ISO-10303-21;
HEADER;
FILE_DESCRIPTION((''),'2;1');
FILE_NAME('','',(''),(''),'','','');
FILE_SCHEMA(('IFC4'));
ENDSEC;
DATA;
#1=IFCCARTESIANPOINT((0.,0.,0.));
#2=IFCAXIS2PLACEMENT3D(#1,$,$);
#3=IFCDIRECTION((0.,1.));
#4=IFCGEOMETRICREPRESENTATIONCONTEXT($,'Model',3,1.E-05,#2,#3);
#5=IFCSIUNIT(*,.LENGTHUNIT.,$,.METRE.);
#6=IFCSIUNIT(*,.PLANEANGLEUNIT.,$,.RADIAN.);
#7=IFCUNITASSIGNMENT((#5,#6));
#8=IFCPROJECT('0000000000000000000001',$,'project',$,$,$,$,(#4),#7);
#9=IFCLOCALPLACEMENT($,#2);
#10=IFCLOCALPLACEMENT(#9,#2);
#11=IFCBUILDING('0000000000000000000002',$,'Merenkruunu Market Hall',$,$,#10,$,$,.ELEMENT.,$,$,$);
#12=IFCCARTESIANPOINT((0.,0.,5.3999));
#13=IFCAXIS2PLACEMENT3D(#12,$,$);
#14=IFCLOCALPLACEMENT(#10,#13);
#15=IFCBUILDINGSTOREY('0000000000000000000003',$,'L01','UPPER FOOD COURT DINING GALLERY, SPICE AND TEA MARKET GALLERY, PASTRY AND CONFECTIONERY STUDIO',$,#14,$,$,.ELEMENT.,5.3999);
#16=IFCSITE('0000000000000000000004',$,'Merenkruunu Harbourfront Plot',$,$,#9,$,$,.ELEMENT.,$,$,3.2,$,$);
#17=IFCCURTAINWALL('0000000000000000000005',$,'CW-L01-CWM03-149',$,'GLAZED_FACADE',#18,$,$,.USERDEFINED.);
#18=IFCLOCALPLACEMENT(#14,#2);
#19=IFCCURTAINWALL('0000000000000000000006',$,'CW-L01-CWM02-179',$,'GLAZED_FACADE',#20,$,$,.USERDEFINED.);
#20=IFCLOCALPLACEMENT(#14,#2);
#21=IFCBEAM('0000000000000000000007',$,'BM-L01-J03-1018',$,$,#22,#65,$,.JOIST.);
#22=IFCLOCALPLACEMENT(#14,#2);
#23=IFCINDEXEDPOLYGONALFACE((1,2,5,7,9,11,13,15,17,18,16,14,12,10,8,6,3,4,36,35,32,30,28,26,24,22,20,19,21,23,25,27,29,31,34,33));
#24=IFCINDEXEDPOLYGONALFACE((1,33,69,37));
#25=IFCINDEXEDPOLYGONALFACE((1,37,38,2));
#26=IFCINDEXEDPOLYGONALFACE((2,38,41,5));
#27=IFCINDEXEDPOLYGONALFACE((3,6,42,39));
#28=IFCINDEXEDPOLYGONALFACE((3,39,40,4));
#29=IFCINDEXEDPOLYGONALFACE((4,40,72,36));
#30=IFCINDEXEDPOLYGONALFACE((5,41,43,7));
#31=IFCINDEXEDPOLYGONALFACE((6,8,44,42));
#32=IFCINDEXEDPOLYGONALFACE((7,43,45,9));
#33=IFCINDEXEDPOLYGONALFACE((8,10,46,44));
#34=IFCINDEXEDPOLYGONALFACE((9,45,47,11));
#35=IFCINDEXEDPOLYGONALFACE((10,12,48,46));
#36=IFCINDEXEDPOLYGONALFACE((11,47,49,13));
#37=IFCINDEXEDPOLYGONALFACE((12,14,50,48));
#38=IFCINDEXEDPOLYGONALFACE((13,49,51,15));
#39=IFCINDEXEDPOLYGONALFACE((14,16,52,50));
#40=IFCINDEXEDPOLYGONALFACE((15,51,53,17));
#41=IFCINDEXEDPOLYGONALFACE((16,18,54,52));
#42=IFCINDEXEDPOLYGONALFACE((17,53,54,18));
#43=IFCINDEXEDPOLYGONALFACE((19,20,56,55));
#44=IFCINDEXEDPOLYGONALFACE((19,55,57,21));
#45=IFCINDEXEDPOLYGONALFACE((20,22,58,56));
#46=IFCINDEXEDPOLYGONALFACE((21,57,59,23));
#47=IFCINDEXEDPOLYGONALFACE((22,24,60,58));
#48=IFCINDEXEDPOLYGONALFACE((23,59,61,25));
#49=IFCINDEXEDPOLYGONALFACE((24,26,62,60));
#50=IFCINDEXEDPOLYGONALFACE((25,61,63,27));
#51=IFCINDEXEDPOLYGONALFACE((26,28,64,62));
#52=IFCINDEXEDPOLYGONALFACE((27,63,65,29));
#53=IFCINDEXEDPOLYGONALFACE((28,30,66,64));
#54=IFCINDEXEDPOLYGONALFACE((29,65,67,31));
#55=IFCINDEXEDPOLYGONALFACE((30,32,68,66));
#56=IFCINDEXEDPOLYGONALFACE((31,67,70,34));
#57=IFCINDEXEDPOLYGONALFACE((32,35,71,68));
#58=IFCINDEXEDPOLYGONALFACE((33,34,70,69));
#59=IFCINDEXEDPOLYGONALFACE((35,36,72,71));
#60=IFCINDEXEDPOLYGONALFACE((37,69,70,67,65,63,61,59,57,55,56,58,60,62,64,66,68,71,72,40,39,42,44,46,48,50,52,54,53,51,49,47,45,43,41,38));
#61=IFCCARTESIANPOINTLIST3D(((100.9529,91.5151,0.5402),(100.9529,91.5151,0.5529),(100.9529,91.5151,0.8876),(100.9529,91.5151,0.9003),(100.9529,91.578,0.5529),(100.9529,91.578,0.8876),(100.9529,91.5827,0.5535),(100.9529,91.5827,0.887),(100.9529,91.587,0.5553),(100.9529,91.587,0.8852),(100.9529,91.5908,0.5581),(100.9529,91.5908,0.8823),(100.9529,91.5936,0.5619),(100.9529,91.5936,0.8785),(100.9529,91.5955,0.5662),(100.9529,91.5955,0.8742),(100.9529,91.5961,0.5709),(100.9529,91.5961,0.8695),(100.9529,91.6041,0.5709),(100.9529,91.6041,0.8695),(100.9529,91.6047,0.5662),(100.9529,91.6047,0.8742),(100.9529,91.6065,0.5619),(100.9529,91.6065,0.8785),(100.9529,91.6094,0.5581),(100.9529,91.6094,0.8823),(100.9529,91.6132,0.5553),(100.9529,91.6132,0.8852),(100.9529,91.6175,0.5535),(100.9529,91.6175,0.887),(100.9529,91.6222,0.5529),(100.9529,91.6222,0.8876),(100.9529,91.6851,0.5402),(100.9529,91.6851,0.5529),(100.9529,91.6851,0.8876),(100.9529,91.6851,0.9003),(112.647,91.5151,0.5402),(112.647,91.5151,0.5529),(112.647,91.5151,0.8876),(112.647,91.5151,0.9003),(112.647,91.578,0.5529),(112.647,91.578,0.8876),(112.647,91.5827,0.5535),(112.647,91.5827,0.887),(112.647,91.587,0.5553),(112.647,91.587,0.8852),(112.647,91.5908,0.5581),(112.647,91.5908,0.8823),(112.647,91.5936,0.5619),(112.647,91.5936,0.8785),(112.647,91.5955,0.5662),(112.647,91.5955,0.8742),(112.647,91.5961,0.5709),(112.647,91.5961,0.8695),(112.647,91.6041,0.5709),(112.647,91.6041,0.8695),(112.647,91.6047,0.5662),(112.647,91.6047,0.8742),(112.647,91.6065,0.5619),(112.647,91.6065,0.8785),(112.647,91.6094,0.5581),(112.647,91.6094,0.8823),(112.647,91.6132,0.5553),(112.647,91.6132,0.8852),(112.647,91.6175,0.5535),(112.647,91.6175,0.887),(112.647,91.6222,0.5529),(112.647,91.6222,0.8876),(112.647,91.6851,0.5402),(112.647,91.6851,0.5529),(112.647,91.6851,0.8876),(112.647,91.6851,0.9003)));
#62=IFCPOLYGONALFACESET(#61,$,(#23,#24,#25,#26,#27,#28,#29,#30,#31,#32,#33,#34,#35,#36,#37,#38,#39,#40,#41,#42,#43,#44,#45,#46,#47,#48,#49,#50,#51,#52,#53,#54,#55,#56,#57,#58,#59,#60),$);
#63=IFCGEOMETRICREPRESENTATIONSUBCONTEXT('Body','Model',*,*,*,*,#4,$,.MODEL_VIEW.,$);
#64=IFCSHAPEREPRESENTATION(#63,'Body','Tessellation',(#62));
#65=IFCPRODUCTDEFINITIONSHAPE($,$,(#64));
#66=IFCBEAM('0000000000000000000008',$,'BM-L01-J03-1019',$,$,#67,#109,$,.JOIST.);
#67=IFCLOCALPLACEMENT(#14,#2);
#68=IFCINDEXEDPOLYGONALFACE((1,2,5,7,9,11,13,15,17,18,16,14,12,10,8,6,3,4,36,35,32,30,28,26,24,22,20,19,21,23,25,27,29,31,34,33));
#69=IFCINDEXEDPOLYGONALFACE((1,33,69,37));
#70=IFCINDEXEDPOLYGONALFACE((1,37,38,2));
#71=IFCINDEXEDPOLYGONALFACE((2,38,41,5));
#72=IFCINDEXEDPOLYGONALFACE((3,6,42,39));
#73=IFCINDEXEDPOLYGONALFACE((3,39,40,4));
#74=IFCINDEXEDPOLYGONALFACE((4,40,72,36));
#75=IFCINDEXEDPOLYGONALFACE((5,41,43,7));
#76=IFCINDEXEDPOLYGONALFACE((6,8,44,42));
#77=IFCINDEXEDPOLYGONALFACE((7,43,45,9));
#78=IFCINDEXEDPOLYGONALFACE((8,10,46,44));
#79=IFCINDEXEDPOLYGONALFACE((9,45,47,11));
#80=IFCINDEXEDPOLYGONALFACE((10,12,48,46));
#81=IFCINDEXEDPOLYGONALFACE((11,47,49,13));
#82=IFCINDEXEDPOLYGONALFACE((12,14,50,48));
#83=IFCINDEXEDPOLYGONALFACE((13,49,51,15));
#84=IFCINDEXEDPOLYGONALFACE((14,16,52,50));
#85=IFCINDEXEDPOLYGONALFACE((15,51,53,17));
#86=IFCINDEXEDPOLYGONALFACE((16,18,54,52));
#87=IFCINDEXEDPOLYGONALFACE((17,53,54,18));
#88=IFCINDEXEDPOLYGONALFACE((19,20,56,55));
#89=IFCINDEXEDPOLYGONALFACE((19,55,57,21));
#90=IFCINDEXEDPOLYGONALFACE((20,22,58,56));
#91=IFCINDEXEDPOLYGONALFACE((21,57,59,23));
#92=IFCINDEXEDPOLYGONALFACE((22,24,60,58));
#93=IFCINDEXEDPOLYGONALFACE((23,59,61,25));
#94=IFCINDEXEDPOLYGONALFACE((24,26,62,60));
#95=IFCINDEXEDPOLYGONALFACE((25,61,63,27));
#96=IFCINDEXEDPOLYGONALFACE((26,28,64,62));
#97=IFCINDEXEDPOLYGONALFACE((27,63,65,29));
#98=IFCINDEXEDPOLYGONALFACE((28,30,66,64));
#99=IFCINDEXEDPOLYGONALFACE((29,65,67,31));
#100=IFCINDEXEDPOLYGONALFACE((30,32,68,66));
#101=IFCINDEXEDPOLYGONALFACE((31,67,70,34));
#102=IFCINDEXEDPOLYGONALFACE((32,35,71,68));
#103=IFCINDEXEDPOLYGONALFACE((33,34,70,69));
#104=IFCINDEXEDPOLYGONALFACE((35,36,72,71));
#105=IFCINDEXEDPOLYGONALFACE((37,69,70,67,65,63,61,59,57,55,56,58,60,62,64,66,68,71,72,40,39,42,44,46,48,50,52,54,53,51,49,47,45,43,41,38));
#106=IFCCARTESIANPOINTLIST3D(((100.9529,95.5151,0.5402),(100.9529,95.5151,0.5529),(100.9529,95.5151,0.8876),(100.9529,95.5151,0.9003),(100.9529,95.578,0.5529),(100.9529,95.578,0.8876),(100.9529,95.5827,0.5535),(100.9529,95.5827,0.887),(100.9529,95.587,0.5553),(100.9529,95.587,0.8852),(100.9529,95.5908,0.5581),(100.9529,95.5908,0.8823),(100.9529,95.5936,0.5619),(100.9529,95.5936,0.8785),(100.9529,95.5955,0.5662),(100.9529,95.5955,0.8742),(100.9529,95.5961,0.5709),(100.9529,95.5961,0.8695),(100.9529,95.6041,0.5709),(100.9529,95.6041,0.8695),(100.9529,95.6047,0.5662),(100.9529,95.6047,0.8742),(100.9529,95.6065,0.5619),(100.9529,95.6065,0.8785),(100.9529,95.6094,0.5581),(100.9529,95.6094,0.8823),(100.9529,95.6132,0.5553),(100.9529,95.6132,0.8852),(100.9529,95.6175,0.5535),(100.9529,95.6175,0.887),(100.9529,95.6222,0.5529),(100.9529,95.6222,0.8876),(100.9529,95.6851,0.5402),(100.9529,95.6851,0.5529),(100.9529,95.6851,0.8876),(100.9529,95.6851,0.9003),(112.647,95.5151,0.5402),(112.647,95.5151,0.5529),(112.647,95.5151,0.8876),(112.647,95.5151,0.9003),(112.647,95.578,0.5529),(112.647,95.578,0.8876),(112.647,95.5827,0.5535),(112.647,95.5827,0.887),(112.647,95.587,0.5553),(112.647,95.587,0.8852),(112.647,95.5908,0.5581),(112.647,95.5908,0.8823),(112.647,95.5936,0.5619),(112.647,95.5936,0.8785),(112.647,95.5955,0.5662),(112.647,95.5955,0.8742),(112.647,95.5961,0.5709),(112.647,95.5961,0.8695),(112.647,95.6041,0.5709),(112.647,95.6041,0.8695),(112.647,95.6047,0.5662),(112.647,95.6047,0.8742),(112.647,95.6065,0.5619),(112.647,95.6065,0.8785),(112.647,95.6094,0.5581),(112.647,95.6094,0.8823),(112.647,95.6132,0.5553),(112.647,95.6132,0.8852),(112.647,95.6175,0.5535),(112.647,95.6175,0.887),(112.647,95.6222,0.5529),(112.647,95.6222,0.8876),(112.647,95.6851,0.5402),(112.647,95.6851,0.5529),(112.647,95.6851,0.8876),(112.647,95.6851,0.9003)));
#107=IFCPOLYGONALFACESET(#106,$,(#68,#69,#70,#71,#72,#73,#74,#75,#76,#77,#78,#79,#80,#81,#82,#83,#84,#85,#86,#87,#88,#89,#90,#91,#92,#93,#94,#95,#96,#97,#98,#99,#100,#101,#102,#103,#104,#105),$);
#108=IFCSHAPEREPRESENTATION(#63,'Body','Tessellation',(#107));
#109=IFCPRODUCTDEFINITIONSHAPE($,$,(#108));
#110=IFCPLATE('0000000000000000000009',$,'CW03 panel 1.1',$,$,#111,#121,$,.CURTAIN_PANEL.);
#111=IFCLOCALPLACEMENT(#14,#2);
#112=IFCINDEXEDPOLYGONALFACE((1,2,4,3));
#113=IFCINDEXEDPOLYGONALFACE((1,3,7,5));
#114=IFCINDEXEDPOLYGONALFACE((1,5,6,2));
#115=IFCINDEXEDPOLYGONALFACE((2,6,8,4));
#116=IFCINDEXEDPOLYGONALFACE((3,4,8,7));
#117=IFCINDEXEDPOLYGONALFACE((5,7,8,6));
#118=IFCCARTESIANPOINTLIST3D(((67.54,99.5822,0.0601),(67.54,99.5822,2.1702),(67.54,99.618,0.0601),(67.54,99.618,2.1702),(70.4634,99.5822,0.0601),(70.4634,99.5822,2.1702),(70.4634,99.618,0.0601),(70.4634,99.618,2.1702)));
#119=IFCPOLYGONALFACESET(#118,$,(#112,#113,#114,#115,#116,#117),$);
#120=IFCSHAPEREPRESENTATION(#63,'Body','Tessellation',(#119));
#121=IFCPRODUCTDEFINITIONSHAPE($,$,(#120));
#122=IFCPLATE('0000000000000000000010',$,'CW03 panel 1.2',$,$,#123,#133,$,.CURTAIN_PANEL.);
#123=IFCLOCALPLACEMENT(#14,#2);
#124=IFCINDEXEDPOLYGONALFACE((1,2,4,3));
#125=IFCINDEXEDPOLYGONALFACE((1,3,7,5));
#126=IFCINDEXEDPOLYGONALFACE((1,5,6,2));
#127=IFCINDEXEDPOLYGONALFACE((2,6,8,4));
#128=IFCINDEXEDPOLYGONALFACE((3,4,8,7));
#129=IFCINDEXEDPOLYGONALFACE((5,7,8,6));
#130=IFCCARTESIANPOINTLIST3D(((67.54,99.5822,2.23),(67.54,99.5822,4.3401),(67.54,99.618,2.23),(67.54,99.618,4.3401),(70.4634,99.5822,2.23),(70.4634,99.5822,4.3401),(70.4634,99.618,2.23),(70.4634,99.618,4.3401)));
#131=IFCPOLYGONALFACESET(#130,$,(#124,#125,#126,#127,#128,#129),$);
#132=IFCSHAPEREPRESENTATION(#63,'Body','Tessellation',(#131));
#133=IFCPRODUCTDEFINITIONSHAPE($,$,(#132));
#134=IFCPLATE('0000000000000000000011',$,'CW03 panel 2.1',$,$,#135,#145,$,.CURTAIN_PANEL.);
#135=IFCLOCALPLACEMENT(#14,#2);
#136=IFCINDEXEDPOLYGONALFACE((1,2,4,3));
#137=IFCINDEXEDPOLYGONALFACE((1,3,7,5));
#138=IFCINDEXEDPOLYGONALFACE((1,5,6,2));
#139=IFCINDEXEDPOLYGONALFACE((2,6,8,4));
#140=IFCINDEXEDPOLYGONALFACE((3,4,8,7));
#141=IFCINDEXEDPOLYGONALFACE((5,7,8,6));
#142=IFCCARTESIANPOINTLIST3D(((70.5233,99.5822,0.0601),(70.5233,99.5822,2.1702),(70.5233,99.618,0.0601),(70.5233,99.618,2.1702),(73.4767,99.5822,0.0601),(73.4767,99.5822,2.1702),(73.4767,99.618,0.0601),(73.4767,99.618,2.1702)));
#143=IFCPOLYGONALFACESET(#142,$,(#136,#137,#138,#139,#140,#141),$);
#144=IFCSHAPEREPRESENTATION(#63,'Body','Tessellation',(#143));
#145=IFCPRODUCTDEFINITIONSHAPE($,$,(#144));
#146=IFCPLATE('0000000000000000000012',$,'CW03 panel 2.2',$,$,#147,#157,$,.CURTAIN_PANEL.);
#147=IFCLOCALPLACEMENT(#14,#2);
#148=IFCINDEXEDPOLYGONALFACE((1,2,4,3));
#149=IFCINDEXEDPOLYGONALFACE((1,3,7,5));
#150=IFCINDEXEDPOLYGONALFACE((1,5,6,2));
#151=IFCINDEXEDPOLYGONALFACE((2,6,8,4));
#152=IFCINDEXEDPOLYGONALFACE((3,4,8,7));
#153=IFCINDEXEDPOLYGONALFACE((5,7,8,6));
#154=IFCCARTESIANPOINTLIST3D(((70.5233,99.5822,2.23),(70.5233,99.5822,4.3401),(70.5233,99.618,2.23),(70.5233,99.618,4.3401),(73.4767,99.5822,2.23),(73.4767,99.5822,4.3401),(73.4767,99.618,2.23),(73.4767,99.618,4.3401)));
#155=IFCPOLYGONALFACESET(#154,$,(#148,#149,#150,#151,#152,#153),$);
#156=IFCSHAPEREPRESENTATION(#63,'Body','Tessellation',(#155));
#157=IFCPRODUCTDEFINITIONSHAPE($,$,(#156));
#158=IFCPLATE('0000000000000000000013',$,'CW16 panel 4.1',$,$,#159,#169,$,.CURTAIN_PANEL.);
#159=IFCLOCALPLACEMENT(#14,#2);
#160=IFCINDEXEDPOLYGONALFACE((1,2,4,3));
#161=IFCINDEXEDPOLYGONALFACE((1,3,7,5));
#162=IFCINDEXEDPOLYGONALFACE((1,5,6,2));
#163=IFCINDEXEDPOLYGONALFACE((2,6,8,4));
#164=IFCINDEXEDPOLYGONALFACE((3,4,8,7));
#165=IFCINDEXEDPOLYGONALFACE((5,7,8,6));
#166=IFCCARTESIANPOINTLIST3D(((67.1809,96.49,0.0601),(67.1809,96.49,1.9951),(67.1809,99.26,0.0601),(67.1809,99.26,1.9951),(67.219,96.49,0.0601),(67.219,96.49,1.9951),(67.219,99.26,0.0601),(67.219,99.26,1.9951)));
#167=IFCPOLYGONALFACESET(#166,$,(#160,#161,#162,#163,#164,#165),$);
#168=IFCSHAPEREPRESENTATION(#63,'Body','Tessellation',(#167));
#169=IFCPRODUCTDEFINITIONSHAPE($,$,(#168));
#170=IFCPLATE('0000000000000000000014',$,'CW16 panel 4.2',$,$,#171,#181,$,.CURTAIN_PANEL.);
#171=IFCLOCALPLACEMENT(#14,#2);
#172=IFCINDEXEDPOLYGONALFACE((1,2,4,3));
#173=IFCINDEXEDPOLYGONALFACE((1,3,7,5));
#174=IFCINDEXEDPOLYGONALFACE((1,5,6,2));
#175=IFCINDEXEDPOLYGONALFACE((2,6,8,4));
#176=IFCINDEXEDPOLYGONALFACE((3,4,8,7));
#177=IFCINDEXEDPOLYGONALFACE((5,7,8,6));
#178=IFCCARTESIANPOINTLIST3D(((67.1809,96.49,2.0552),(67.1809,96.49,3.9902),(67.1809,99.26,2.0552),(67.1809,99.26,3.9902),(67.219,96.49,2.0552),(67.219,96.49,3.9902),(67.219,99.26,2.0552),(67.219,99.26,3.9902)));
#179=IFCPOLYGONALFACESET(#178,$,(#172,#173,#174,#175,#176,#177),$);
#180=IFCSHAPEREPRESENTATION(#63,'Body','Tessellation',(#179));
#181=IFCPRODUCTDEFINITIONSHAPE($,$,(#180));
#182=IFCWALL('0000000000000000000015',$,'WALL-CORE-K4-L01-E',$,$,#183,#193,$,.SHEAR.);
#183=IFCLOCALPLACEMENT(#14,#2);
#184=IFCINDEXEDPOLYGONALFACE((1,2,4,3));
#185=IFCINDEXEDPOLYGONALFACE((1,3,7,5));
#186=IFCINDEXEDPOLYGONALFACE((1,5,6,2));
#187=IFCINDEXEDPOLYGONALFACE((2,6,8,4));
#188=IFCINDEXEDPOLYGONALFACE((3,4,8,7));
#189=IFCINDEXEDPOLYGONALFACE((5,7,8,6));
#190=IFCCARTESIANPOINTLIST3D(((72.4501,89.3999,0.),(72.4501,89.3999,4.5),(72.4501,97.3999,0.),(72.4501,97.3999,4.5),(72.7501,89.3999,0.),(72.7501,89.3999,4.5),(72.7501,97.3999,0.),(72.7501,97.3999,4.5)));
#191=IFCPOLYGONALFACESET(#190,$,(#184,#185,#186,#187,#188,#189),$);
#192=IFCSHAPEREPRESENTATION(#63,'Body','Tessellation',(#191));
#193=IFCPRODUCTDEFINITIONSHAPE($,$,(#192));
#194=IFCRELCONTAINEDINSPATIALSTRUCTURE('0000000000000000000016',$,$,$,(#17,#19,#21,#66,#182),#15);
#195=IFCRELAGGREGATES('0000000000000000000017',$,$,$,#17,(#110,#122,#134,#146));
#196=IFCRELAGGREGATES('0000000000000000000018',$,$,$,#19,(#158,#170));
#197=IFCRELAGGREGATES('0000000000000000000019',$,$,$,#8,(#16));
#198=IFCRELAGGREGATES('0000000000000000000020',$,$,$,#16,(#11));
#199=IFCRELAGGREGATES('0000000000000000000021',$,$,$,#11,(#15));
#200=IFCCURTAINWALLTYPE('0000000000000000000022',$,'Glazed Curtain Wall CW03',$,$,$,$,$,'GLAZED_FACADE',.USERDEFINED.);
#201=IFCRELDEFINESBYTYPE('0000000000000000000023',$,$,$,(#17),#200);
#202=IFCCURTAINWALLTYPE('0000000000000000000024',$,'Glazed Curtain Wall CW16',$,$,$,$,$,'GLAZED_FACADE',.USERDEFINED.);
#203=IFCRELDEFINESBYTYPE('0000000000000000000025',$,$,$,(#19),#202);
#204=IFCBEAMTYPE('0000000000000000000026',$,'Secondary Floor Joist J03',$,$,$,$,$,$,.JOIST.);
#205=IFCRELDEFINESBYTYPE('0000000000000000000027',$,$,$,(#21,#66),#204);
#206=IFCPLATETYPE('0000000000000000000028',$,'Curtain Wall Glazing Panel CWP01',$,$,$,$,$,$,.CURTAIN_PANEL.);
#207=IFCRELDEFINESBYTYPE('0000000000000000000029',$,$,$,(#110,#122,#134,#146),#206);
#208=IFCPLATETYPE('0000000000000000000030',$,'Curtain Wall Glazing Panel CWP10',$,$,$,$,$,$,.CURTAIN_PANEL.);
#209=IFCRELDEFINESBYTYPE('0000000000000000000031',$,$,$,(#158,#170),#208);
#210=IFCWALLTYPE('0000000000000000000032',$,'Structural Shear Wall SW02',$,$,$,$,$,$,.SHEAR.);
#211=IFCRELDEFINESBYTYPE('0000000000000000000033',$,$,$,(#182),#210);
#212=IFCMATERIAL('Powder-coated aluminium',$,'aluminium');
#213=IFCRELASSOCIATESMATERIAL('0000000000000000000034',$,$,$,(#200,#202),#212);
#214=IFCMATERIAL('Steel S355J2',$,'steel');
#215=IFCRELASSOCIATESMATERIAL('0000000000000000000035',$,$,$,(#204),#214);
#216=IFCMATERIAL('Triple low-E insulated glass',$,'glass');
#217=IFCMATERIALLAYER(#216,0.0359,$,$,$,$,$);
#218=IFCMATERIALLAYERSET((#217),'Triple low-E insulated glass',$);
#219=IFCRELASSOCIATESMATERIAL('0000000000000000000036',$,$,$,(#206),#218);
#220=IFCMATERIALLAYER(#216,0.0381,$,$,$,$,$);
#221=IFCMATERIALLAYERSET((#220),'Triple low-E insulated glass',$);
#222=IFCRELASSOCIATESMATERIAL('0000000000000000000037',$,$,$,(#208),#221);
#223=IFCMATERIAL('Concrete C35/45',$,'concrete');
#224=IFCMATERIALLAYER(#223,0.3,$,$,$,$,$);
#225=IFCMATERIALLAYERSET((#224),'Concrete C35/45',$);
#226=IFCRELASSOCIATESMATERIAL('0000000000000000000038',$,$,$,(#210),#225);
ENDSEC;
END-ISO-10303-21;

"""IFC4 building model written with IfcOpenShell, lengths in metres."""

from ifc_helpers import new_model, si_unit, direction, frame, frame_2d, origin, origin_2d, place, context, subcontext, project, spatial, rectangle, i_section, extrude, material, layer, layer_set, material_profile, profile_set, type_object, element, aggregate, save


model = new_model("IFC4")

# Units and contexts
model_context = context("Model", 3, precision=1e-05, world=origin(), true_north=direction((0.0, 1.0)))
body_context = subcontext(model_context, "Body", "Model", "MODEL_VIEW")
ifc_project = project(units=[si_unit("LENGTHUNIT", "METRE"), si_unit("PLANEANGLEUNIT", "RADIAN")], contexts=[model_context])

# Site, building, storey
site_placement = place(None, origin())
site = spatial("IfcSite", under=ifc_project, at=site_placement, Name="Merenkruunu Harbourfront Plot", CompositionType="ELEMENT", RefElevation=3.2)
building_placement = place(site_placement, origin())
building = spatial("IfcBuilding", under=site, at=building_placement, Name="Merenkruunu Market Hall", CompositionType="ELEMENT")
storey_placement = place(building_placement, frame((0.0, 0.0, 5.3999)))
storey = spatial("IfcBuildingStorey", under=building, at=storey_placement, Name="L01", Description="UPPER FOOD COURT DINING GALLERY, SPICE AND TEA MARKET GALLERY, PASTRY AND CONFECTIONERY STUDIO", CompositionType="ELEMENT", Elevation=5.3999)

# Curtain wall
ifc_material_1 = material(Name="Powder-coated aluminium", Category="aluminium")
curtain_wall_type_1 = type_object("IfcCurtainWallType", Name="Glazed Curtain Wall CW03", ElementType="GLAZED_FACADE", PredefinedType="USERDEFINED", material=ifc_material_1)
curtain_wall_1_placement = place(storey_placement, origin())
curtain_wall_1 = element("IfcCurtainWall", 1, at=curtain_wall_1_placement, inside=storey, type_object=curtain_wall_type_1, Name="CW-L01-CWM03-149", ObjectType="GLAZED_FACADE", PredefinedType="USERDEFINED")

# Curtain wall
curtain_wall_type_2 = type_object("IfcCurtainWallType", Name="Glazed Curtain Wall CW16", ElementType="GLAZED_FACADE", PredefinedType="USERDEFINED", material=ifc_material_1)
curtain_wall_2_placement = place(storey_placement, origin())
curtain_wall_2 = element("IfcCurtainWall", 2, at=curtain_wall_2_placement, inside=storey, type_object=curtain_wall_type_2, Name="CW-L01-CWM02-179", ObjectType="GLAZED_FACADE", PredefinedType="USERDEFINED")

# Beams
ifc_material_2 = material(Name="Steel S355J2", Category="steel")
ifc_material_profile_1 = material_profile(ifc_material_2, i_section(OverallWidth=0.1699, OverallDepth=0.3601, WebThickness=0.0081, FlangeThickness=0.0127, FilletRadius=0.0181, at=origin_2d()), Name="IPE 360")
ifc_profile_set_1 = profile_set([ifc_material_profile_1], Name="Steel S355J2")
beam_type_1 = type_object("IfcBeamType", Name="Secondary Floor Joist J03", PredefinedType="JOIST", material=ifc_profile_set_1)
for number, where, z_axis, x_axis, name in (
    (3, (100.9529, 91.6001, 0.7202), (1.0, 0.0, 0.0), (0.0, 1.0, 0.0), "BM-L01-J03-1018"),
    (4, (100.9529, 95.6001, 0.7202), (1.0, 0.0, 0.0), (0.0, 1.0, 0.0), "BM-L01-J03-1019"),
):
    element("IfcBeam", number, at=place(storey_placement, frame(where, z_axis=z_axis, x_axis=x_axis)), inside=storey, type_object=beam_type_1, Name=name, PredefinedType="JOIST", context=body_context, shape_type="SweptSolid", body=[
        extrude(i_section(OverallWidth=0.1699, OverallDepth=0.3601, WebThickness=0.0081, FlangeThickness=0.0127, FilletRadius=0.0181, at=origin_2d()), origin(), (0.0, 0.0, 1.0), 11.6941),
    ])

# Plates
ifc_material_3 = material(Name="Triple low-E insulated glass", Category="glass")
ifc_layer_1 = layer(ifc_material_3, 0.0359)
ifc_layer_set_1 = layer_set([ifc_layer_1], Name="Triple low-E insulated glass")
plate_type_1 = type_object("IfcPlateType", Name="Curtain Wall Glazing Panel CWP01", PredefinedType="CURTAIN_PANEL", material=ifc_layer_set_1)
plate_1_placement = place(storey_placement, frame((69.0017, 99.6001, 0.0601), z_axis=(0.0, 0.0, 1.0), x_axis=(1.0, 0.0, 0.0)))
plate_1 = element("IfcPlate", 5, at=plate_1_placement, type_object=plate_type_1, Name="CW03 panel 1.1", PredefinedType="CURTAIN_PANEL", context=body_context, shape_type="SweptSolid", body=[
    extrude(rectangle(XDim=2.9233, YDim=0.0359, at=origin_2d()), origin(), (0.0, 0.0, 1.0), 2.1101),
])
plate_2_placement = place(storey_placement, frame((69.0017, 99.6001, 2.23), z_axis=(0.0, 0.0, 1.0), x_axis=(1.0, 0.0, 0.0)))
plate_2 = element("IfcPlate", 6, at=plate_2_placement, type_object=plate_type_1, Name="CW03 panel 1.2", PredefinedType="CURTAIN_PANEL", context=body_context, shape_type="SweptSolid", body=[
    extrude(rectangle(XDim=2.9233, YDim=0.0359, at=origin_2d()), origin(), (0.0, 0.0, 1.0), 2.1101),
])
plate_3_placement = place(storey_placement, frame((72.0, 99.6001, 0.0601), z_axis=(0.0, 0.0, 1.0), x_axis=(1.0, 0.0, 0.0)))
plate_3 = element("IfcPlate", 7, at=plate_3_placement, type_object=plate_type_1, Name="CW03 panel 2.1", PredefinedType="CURTAIN_PANEL", context=body_context, shape_type="SweptSolid", body=[
    extrude(rectangle(XDim=2.9534, YDim=0.0359, at=origin_2d()), origin(), (0.0, 0.0, 1.0), 2.1101),
])
plate_4_placement = place(storey_placement, frame((72.0, 99.6001, 2.23), z_axis=(0.0, 0.0, 1.0), x_axis=(1.0, 0.0, 0.0)))
plate_4 = element("IfcPlate", 8, at=plate_4_placement, type_object=plate_type_1, Name="CW03 panel 2.2", PredefinedType="CURTAIN_PANEL", context=body_context, shape_type="SweptSolid", body=[
    extrude(rectangle(XDim=2.9534, YDim=0.0359, at=origin_2d()), origin(), (0.0, 0.0, 1.0), 2.1101),
])
aggregate(curtain_wall_1, [plate_1, plate_2, plate_3, plate_4])
ifc_layer_2 = layer(ifc_material_3, 0.0381)
ifc_layer_set_2 = layer_set([ifc_layer_2], Name="Triple low-E insulated glass")
plate_type_2 = type_object("IfcPlateType", Name="Curtain Wall Glazing Panel CWP10", PredefinedType="CURTAIN_PANEL", material=ifc_layer_set_2)
plate_5_placement = place(storey_placement, frame((67.2, 97.875, 0.0601), z_axis=(0.0, 0.0, 1.0), x_axis=(0.0, 1.0, 0.0)))
plate_5 = element("IfcPlate", 9, at=plate_5_placement, type_object=plate_type_2, Name="CW16 panel 4.1", PredefinedType="CURTAIN_PANEL", context=body_context, shape_type="SweptSolid", body=[
    extrude(rectangle(XDim=2.77, YDim=0.0381, at=origin_2d()), origin(), (0.0, 0.0, 1.0), 1.9351),
])
plate_6_placement = place(storey_placement, frame((67.2, 97.875, 2.0552), z_axis=(0.0, 0.0, 1.0), x_axis=(0.0, 1.0, 0.0)))
plate_6 = element("IfcPlate", 10, at=plate_6_placement, type_object=plate_type_2, Name="CW16 panel 4.2", PredefinedType="CURTAIN_PANEL", context=body_context, shape_type="SweptSolid", body=[
    extrude(rectangle(XDim=2.77, YDim=0.0381, at=origin_2d()), origin(), (0.0, 0.0, 1.0), 1.9351),
])
aggregate(curtain_wall_2, [plate_5, plate_6])

# Shared definitions
ifc_material_4 = material(Name="Concrete C35/45", Category="concrete")
ifc_layer_3 = layer(ifc_material_4, 0.3)
ifc_layer_set_3 = layer_set([ifc_layer_3], Name="Concrete C35/45")
wall_type = type_object("IfcWallType", Name="Structural Shear Wall SW02", PredefinedType="SHEAR", material=ifc_layer_set_3)

# Wall
wall_1_placement = place(storey_placement, frame((72.6001, 89.3999, 0.0), z_axis=(0.0, 0.0, 1.0), x_axis=(0.0, 1.0, 0.0)))
element("IfcWall", 11, at=wall_1_placement, inside=storey, type_object=wall_type, Name="WALL-CORE-K4-L01-E", PredefinedType="SHEAR", context=body_context, shape_type="SweptSolid", body=[
    extrude(rectangle(XDim=8.0, YDim=0.3, at=frame_2d((4.0, 0.0))), origin(), (0.0, 0.0, 1.0), 4.5),
])

save(model, "model.ifc")
